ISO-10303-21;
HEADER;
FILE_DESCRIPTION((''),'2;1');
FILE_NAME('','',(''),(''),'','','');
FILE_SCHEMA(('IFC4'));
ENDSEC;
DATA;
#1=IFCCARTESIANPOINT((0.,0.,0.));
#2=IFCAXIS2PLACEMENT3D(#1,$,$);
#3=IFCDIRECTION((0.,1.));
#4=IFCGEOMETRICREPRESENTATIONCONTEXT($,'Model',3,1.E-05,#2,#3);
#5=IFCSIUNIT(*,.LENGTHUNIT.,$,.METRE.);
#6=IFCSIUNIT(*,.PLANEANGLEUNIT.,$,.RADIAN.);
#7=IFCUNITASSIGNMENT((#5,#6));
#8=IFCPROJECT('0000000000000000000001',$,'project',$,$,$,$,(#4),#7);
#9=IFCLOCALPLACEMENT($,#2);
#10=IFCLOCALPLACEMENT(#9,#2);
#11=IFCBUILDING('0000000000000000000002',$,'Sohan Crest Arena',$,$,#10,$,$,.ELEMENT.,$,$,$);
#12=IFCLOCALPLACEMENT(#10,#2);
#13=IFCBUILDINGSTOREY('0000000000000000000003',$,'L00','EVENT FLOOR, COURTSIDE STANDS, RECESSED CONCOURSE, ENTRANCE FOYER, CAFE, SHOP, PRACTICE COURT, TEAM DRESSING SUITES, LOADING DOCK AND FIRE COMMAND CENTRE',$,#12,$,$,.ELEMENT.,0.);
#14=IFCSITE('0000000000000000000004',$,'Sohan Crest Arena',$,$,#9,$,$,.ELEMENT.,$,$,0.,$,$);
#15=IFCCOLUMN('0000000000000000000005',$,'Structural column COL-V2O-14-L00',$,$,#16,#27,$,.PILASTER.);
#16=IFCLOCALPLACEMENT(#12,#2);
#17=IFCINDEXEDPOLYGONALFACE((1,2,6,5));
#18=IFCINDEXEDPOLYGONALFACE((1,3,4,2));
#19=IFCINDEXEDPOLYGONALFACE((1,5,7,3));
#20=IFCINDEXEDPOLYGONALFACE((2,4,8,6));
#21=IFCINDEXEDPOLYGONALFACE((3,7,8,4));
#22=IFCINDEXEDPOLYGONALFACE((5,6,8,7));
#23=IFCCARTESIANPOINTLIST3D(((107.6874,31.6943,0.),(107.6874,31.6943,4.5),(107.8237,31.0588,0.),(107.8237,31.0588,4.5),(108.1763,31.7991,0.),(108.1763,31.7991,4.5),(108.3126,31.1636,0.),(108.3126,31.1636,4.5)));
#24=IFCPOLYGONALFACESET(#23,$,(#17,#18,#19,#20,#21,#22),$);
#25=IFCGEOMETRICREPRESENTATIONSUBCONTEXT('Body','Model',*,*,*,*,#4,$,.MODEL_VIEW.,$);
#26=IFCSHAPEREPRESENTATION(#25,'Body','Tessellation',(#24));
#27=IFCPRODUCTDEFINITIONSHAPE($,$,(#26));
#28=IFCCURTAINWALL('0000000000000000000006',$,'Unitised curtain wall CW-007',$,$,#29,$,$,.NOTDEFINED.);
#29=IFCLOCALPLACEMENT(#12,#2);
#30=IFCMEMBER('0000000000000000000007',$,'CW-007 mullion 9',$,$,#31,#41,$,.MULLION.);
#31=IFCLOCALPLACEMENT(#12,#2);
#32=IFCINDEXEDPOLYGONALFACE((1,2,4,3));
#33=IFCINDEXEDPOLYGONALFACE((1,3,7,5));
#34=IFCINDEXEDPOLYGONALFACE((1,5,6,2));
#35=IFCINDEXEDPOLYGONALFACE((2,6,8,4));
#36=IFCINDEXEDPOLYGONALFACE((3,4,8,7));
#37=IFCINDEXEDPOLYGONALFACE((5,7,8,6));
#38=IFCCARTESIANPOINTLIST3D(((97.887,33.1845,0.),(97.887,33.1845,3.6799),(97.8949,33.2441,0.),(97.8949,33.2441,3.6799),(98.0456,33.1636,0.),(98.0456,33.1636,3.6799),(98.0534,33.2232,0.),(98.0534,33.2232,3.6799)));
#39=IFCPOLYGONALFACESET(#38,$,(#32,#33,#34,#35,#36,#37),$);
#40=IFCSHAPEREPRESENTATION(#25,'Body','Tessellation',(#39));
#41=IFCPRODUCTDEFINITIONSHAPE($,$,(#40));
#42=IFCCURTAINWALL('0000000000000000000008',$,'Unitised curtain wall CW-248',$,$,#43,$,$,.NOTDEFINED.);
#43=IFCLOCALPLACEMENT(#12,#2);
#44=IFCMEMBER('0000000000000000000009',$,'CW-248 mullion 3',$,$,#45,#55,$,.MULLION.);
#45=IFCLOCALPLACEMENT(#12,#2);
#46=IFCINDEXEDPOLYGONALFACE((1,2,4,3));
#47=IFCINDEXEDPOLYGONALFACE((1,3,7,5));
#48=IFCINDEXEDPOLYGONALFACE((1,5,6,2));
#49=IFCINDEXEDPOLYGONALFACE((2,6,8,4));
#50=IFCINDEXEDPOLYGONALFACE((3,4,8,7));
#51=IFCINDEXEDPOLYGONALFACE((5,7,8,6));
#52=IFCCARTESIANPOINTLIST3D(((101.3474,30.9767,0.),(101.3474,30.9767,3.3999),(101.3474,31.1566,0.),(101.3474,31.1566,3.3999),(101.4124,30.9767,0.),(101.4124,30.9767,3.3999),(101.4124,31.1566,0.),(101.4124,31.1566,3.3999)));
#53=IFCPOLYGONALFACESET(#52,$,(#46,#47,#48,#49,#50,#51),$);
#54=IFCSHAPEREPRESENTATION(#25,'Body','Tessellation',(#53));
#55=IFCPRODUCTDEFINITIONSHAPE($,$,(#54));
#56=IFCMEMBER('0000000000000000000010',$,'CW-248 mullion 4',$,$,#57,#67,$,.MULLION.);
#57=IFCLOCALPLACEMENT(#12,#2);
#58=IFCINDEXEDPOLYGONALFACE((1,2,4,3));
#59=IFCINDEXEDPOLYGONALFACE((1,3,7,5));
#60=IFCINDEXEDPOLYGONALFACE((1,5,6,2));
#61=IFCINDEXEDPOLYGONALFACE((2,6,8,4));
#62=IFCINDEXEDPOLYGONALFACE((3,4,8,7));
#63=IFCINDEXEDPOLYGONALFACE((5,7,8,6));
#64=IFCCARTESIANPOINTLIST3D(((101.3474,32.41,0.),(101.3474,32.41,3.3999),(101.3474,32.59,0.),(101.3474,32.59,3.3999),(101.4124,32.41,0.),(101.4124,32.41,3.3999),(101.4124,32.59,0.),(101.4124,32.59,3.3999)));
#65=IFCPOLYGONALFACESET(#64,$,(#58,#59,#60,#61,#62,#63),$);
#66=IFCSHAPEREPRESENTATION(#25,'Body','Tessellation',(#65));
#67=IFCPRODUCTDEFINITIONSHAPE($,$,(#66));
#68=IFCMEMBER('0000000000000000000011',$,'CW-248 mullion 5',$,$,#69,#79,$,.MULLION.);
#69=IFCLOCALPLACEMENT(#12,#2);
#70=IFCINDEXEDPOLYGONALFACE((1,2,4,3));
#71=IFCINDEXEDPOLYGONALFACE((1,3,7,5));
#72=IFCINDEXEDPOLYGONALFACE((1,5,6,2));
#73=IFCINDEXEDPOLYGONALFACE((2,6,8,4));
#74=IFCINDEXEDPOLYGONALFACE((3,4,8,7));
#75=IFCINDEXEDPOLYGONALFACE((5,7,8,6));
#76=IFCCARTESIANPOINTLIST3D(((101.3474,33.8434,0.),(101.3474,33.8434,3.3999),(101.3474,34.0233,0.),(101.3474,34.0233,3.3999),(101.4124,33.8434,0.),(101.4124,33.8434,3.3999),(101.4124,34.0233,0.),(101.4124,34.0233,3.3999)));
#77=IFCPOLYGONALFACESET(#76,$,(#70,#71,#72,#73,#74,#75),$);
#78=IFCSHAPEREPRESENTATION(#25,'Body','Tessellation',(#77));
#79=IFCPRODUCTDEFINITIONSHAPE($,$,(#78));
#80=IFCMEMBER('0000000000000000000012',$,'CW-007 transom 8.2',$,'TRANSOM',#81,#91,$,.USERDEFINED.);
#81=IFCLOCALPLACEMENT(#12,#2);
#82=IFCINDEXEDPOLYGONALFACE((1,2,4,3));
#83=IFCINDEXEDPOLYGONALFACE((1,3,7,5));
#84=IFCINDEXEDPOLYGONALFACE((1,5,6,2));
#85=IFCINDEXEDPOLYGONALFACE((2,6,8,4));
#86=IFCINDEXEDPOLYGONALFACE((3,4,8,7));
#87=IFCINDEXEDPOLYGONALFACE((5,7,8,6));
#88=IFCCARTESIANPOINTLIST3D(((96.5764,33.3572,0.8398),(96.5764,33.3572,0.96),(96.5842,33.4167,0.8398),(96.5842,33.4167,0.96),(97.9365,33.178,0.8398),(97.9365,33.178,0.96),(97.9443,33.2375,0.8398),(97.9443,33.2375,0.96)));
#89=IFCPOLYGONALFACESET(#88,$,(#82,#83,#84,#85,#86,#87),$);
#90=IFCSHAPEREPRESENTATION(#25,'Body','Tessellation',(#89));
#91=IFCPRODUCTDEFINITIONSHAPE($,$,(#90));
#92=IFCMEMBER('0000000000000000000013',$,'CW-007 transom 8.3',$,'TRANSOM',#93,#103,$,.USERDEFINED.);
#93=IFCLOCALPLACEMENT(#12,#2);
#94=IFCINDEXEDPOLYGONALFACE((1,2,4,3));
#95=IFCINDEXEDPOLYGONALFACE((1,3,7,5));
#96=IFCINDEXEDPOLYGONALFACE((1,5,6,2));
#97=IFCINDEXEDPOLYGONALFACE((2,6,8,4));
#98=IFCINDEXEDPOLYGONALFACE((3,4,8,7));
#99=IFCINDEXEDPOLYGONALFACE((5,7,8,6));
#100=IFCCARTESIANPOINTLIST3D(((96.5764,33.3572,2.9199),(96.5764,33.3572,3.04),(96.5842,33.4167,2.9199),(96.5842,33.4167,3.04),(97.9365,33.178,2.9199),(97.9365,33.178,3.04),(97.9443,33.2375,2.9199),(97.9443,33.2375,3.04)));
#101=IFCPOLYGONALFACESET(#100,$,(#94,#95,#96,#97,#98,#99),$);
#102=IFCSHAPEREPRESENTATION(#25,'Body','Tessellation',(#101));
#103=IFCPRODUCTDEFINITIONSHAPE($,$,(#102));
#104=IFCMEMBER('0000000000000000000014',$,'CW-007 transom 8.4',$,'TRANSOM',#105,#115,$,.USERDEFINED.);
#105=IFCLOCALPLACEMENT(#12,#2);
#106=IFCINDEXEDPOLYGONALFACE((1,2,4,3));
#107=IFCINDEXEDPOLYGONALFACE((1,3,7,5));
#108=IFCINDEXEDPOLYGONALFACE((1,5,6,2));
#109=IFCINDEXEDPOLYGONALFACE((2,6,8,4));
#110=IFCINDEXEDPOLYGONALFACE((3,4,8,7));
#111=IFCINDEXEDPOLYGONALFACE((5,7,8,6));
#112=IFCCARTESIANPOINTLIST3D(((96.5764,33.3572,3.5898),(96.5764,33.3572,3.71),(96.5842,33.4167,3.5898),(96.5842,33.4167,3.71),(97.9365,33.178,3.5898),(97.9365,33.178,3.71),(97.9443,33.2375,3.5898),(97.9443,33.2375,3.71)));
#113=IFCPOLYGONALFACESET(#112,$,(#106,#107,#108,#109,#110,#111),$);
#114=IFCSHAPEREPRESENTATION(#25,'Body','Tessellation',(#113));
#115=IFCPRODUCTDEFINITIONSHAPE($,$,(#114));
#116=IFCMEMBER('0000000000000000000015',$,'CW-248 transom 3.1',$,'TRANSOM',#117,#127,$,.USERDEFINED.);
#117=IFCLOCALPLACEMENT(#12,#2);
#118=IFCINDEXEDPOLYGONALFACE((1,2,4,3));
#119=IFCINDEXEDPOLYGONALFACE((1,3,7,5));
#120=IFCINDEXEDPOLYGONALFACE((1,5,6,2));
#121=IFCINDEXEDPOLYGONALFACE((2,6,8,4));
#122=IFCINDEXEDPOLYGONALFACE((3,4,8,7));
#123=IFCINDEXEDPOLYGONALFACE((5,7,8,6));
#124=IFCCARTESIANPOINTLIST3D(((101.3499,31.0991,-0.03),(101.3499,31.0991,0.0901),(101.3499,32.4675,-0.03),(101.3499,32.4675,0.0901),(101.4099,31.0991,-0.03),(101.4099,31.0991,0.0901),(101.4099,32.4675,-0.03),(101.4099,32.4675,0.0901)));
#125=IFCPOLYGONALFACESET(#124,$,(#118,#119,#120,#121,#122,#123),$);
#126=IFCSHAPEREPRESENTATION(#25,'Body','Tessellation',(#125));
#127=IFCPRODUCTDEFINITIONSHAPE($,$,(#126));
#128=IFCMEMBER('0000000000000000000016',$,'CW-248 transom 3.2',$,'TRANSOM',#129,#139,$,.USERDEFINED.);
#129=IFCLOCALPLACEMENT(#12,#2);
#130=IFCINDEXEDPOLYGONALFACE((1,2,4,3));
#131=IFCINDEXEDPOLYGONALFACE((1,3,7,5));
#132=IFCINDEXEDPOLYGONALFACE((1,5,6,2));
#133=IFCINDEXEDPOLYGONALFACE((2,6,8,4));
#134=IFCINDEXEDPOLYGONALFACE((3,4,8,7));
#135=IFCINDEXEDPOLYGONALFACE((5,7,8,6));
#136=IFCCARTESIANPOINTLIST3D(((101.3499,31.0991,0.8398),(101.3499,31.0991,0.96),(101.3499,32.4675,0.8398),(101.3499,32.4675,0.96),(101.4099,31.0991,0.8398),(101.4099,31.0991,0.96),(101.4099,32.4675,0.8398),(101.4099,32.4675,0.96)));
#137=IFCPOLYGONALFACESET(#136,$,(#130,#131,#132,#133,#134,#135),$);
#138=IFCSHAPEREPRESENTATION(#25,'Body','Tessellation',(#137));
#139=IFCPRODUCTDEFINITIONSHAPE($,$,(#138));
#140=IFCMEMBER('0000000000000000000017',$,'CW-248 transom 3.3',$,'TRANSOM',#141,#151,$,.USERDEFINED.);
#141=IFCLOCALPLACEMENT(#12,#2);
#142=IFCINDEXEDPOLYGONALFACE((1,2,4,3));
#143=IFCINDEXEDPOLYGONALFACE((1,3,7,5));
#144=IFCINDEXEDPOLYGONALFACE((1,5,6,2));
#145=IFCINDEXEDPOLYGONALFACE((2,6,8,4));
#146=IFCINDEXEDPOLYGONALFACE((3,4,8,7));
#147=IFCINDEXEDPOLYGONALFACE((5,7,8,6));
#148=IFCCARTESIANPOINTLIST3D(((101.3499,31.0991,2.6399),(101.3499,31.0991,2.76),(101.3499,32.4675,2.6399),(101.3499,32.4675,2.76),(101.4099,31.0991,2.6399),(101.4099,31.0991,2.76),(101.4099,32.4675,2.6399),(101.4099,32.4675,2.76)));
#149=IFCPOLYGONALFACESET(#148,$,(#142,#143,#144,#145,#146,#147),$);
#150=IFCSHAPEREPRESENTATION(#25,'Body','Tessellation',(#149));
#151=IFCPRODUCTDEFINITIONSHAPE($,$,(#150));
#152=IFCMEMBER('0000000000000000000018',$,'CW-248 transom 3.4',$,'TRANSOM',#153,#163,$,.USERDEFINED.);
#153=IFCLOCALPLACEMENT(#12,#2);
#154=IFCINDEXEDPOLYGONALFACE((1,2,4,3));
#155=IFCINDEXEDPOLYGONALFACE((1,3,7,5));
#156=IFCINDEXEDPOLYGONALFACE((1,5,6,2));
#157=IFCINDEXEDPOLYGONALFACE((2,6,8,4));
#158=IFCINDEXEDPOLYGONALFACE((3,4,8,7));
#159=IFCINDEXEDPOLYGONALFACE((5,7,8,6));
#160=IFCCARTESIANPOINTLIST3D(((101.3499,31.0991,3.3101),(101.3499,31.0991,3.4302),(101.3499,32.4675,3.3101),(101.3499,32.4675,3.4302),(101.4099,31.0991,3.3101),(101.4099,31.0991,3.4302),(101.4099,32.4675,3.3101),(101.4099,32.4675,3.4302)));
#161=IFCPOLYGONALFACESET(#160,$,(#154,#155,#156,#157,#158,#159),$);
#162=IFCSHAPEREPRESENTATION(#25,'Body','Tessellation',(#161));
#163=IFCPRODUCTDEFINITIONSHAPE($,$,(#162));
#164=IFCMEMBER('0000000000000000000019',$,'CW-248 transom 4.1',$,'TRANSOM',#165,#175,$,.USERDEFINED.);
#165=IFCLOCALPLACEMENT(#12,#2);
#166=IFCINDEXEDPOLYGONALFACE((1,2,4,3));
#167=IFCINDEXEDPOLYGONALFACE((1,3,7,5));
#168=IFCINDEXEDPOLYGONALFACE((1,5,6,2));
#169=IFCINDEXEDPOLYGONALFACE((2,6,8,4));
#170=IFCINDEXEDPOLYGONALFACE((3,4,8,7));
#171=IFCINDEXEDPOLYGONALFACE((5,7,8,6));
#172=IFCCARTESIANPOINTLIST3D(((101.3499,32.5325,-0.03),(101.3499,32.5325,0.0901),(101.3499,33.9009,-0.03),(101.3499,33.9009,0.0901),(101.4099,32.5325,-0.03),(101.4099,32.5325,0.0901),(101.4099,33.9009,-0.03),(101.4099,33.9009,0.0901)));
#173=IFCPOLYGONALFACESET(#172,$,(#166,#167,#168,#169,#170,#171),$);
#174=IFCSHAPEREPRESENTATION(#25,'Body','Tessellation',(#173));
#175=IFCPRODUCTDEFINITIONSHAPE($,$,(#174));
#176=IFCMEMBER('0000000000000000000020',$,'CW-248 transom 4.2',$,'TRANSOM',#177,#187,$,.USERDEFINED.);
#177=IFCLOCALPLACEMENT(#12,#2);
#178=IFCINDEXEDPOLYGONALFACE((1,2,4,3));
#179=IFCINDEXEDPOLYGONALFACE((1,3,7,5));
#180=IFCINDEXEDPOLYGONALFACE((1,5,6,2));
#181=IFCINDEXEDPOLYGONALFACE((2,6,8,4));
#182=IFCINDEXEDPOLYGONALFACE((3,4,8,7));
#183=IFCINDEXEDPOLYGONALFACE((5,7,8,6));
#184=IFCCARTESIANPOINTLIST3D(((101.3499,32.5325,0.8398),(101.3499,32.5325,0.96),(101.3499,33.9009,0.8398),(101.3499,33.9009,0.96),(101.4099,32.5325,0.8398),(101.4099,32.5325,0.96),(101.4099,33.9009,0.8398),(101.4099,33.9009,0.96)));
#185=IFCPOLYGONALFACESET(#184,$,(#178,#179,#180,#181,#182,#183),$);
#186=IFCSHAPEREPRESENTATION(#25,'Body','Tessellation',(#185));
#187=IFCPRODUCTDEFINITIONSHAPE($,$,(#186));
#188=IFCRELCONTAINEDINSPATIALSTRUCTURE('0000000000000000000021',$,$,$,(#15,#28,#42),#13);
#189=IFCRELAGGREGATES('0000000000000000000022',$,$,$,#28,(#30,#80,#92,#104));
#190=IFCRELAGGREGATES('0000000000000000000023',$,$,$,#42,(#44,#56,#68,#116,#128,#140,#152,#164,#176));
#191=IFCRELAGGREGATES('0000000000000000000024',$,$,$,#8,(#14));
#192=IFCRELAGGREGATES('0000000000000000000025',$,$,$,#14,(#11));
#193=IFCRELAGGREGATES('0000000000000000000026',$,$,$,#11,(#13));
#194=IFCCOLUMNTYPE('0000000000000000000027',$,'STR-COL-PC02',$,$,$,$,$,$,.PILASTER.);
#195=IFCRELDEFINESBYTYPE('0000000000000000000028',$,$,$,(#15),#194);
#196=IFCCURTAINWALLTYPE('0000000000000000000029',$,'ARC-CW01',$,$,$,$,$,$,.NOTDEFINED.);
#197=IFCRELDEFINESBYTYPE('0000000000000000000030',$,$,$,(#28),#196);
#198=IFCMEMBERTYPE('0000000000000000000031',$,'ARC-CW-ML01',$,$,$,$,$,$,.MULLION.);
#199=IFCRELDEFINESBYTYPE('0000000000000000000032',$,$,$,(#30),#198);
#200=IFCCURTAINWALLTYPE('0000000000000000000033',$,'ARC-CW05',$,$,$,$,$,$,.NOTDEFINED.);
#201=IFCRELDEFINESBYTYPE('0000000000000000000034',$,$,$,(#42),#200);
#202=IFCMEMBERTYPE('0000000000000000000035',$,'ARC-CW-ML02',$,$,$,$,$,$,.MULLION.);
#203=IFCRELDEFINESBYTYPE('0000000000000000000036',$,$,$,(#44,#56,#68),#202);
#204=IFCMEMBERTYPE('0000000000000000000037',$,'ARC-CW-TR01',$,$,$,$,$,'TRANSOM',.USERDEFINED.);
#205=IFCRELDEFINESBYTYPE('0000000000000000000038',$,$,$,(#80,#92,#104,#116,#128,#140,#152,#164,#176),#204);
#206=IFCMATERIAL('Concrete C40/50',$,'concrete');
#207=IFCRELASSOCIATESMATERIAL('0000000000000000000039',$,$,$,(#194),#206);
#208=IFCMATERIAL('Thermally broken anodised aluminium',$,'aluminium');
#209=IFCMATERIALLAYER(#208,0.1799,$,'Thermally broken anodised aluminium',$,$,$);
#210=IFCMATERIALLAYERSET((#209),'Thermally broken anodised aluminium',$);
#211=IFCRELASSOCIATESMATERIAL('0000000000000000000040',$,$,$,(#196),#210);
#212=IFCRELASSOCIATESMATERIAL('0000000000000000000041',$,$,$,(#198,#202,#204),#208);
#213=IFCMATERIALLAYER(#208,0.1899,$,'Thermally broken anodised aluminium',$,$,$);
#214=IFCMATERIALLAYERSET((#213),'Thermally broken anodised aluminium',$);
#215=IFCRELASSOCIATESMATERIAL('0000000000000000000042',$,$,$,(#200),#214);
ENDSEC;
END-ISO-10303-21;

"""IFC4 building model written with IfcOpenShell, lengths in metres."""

from ifc_helpers import new_model, si_unit, direction, frame, origin, origin_2d, place, context, subcontext, project, spatial, rectangle, extrude, material, layer, layer_set, material_profile, profile_set, type_object, element, aggregate, save


model = new_model("IFC4")

# Units and contexts
model_context = context("Model", 3, precision=1e-05, world=origin(), true_north=direction((0.0, 1.0)))
body_context = subcontext(model_context, "Body", "Model", "MODEL_VIEW")
ifc_project = project(units=[si_unit("LENGTHUNIT", "METRE"), si_unit("PLANEANGLEUNIT", "RADIAN")], contexts=[model_context])

# Site, building, storey
site_placement = place(None, origin())
site = spatial("IfcSite", under=ifc_project, at=site_placement, Name="Sohan Crest Arena", CompositionType="ELEMENT", RefElevation=0.0)
building_placement = place(site_placement, origin())
building = spatial("IfcBuilding", under=site, at=building_placement, Name="Sohan Crest Arena", CompositionType="ELEMENT")
storey_placement = place(building_placement, origin())
storey = spatial("IfcBuildingStorey", under=building, at=storey_placement, Name="L00", Description="EVENT FLOOR, COURTSIDE STANDS, RECESSED CONCOURSE, ENTRANCE FOYER, CAFE, SHOP, PRACTICE COURT, TEAM DRESSING SUITES, LOADING DOCK AND FIRE COMMAND CENTRE", CompositionType="ELEMENT", Elevation=0.0)

# Column
ifc_material_1 = material(Name="Concrete C40/50", Category="concrete")
ifc_material_profile_1 = material_profile(ifc_material_1, rectangle(XDim=0.6499, YDim=0.5, at=origin_2d()), Name="RC 650x500")
ifc_profile_set_1 = profile_set([ifc_material_profile_1], Name="Concrete C40/50")
column_type = type_object("IfcColumnType", Name="STR-COL-PC02", PredefinedType="PILASTER", material=ifc_profile_set_1)
column_placement = place(storey_placement, frame((108.0, 31.429, 0.0), z_axis=(0.0, 0.0, 1.0), x_axis=(-0.209619, 0.977783, 0.0)))
element("IfcColumn", 1, at=column_placement, inside=storey, type_object=column_type, Name="Structural column COL-V2O-14-L00", PredefinedType="PILASTER", context=body_context, shape_type="SweptSolid", body=[
    extrude(rectangle(XDim=0.6499, YDim=0.5, at=origin_2d()), origin(), (0.0, 0.0, 1.0), 4.5),
])

# Curtain wall, member
ifc_material_2 = material(Name="Thermally broken anodised aluminium", Category="aluminium")
ifc_layer_1 = layer(ifc_material_2, 0.1799, Name="Thermally broken anodised aluminium")
ifc_layer_set_1 = layer_set([ifc_layer_1], Name="Thermally broken anodised aluminium")
curtain_wall_type_1 = type_object("IfcCurtainWallType", Name="ARC-CW01", PredefinedType="NOTDEFINED", material=ifc_layer_set_1)
curtain_wall_1_placement = place(storey_placement, origin())
curtain_wall_1 = element("IfcCurtainWall", 2, at=curtain_wall_1_placement, inside=storey, type_object=curtain_wall_type_1, Name="Unitised curtain wall CW-007", PredefinedType="NOTDEFINED")
ifc_material_profile_2 = material_profile(ifc_material_2, rectangle(XDim=0.0601, YDim=0.1599, at=origin_2d()), Name="ALU-MULL 60x160")
ifc_profile_set_2 = profile_set([ifc_material_profile_2], Name="Thermally broken anodised aluminium")
member_type_1 = type_object("IfcMemberType", Name="ARC-CW-ML01", PredefinedType="MULLION", material=ifc_profile_set_2)
member_1_placement = place(storey_placement, frame((97.9702, 33.2039, 0.0), z_axis=(0.0, 0.0, 1.0), x_axis=(0.130567, 0.991439, 0.0)))
member_1 = element("IfcMember", 3, at=member_1_placement, type_object=member_type_1, Name="CW-007 mullion 9", PredefinedType="MULLION", context=body_context, shape_type="SweptSolid", body=[
    extrude(rectangle(XDim=0.0601, YDim=0.1599, at=origin_2d()), origin(), (0.0, 0.0, 1.0), 3.6799),
])

# Curtain wall, members
ifc_layer_2 = layer(ifc_material_2, 0.1899, Name="Thermally broken anodised aluminium")
ifc_layer_set_2 = layer_set([ifc_layer_2], Name="Thermally broken anodised aluminium")
curtain_wall_type_2 = type_object("IfcCurtainWallType", Name="ARC-CW05", PredefinedType="NOTDEFINED", material=ifc_layer_set_2)
curtain_wall_2_placement = place(storey_placement, origin())
curtain_wall_2 = element("IfcCurtainWall", 4, at=curtain_wall_2_placement, inside=storey, type_object=curtain_wall_type_2, Name="Unitised curtain wall CW-248", PredefinedType="NOTDEFINED")
ifc_material_profile_3 = material_profile(ifc_material_2, rectangle(XDim=0.0649, YDim=0.1799, at=origin_2d()), Name="ALU-MULL 65x180")
ifc_profile_set_3 = profile_set([ifc_material_profile_3], Name="Thermally broken anodised aluminium")
member_type_2 = type_object("IfcMemberType", Name="ARC-CW-ML02", PredefinedType="MULLION", material=ifc_profile_set_3)
member_2_placement = place(storey_placement, frame((101.3799, 31.0667, 0.0), z_axis=(0.0, 0.0, 1.0), x_axis=(-1.0, 0.0, 0.0)))
member_2 = element("IfcMember", 5, at=member_2_placement, type_object=member_type_2, Name="CW-248 mullion 3", PredefinedType="MULLION", context=body_context, shape_type="SweptSolid", body=[
    extrude(rectangle(XDim=0.0649, YDim=0.1799, at=origin_2d()), origin(), (0.0, 0.0, 1.0), 3.3999),
])
member_3_placement = place(storey_placement, frame((101.3799, 32.5, 0.0), z_axis=(0.0, 0.0, 1.0), x_axis=(-1.0, 0.0, 0.0)))
member_3 = element("IfcMember", 6, at=member_3_placement, type_object=member_type_2, Name="CW-248 mullion 4", PredefinedType="MULLION", context=body_context, shape_type="SweptSolid", body=[
    extrude(rectangle(XDim=0.0649, YDim=0.1799, at=origin_2d()), origin(), (0.0, 0.0, 1.0), 3.3999),
])
member_4_placement = place(storey_placement, frame((101.3799, 33.9333, 0.0), z_axis=(0.0, 0.0, 1.0), x_axis=(-1.0, 0.0, 0.0)))
member_4 = element("IfcMember", 7, at=member_4_placement, type_object=member_type_2, Name="CW-248 mullion 5", PredefinedType="MULLION", context=body_context, shape_type="SweptSolid", body=[
    extrude(rectangle(XDim=0.0649, YDim=0.1799, at=origin_2d()), origin(), (0.0, 0.0, 1.0), 3.3999),
])

# Members
ifc_material_profile_4 = material_profile(ifc_material_2, rectangle(XDim=0.0601, YDim=0.1201, at=origin_2d()), Name="ALU-TRAN 60x120")
ifc_profile_set_4 = profile_set([ifc_material_profile_4], Name="Thermally broken anodised aluminium")
member_type_3 = type_object("IfcMemberType", Name="ARC-CW-TR01", ElementType="TRANSOM", PredefinedType="USERDEFINED", material=ifc_profile_set_4)
member_5_placement = place(storey_placement, frame((96.5803, 33.387, 0.8999), z_axis=(0.991432, -0.130625, 0.0), x_axis=(0.130625, 0.991432, 0.0)))
member_5 = element("IfcMember", 8, at=member_5_placement, type_object=member_type_3, Name="CW-007 transom 8.2", ObjectType="TRANSOM", PredefinedType="USERDEFINED", context=body_context, shape_type="SweptSolid", body=[
    extrude(rectangle(XDim=0.0601, YDim=0.1201, at=origin_2d()), origin(), (0.0, 0.0, 1.0), 1.3718),
])
member_6_placement = place(storey_placement, frame((96.5803, 33.387, 2.98), z_axis=(0.991432, -0.130625, 0.0), x_axis=(0.130625, 0.991432, 0.0)))
member_6 = element("IfcMember", 9, at=member_6_placement, type_object=member_type_3, Name="CW-007 transom 8.3", ObjectType="TRANSOM", PredefinedType="USERDEFINED", context=body_context, shape_type="SweptSolid", body=[
    extrude(rectangle(XDim=0.0601, YDim=0.1201, at=origin_2d()), origin(), (0.0, 0.0, 1.0), 1.3718),
])
member_7_placement = place(storey_placement, frame((96.5803, 33.387, 3.6499), z_axis=(0.991432, -0.130625, 0.0), x_axis=(0.130625, 0.991432, 0.0)))
member_7 = element("IfcMember", 10, at=member_7_placement, type_object=member_type_3, Name="CW-007 transom 8.4", ObjectType="TRANSOM", PredefinedType="USERDEFINED", context=body_context, shape_type="SweptSolid", body=[
    extrude(rectangle(XDim=0.0601, YDim=0.1201, at=origin_2d()), origin(), (0.0, 0.0, 1.0), 1.3718),
])
member_8_placement = place(storey_placement, frame((101.3799, 31.0991, 0.03), z_axis=(0.0, 1.0, 0.0), x_axis=(-1.0, 0.0, 0.0)))
member_8 = element("IfcMember", 11, at=member_8_placement, type_object=member_type_3, Name="CW-248 transom 3.1", ObjectType="TRANSOM", PredefinedType="USERDEFINED", context=body_context, shape_type="SweptSolid", body=[
    extrude(rectangle(XDim=0.0601, YDim=0.1201, at=origin_2d()), origin(), (0.0, 0.0, 1.0), 1.3684),
])
member_9_placement = place(storey_placement, frame((101.3799, 31.0991, 0.8999), z_axis=(0.0, 1.0, 0.0), x_axis=(-1.0, 0.0, 0.0)))
member_9 = element("IfcMember", 12, at=member_9_placement, type_object=member_type_3, Name="CW-248 transom 3.2", ObjectType="TRANSOM", PredefinedType="USERDEFINED", context=body_context, shape_type="SweptSolid", body=[
    extrude(rectangle(XDim=0.0601, YDim=0.1201, at=origin_2d()), origin(), (0.0, 0.0, 1.0), 1.3684),
])
member_10_placement = place(storey_placement, frame((101.3799, 31.0991, 2.7), z_axis=(0.0, 1.0, 0.0), x_axis=(-1.0, 0.0, 0.0)))
member_10 = element("IfcMember", 13, at=member_10_placement, type_object=member_type_3, Name="CW-248 transom 3.3", ObjectType="TRANSOM", PredefinedType="USERDEFINED", context=body_context, shape_type="SweptSolid", body=[
    extrude(rectangle(XDim=0.0601, YDim=0.1201, at=origin_2d()), origin(), (0.0, 0.0, 1.0), 1.3684),
])
member_11_placement = place(storey_placement, frame((101.3799, 31.0991, 3.3701), z_axis=(0.0, 1.0, 0.0), x_axis=(-1.0, 0.0, 0.0)))
member_11 = element("IfcMember", 14, at=member_11_placement, type_object=member_type_3, Name="CW-248 transom 3.4", ObjectType="TRANSOM", PredefinedType="USERDEFINED", context=body_context, shape_type="SweptSolid", body=[
    extrude(rectangle(XDim=0.0601, YDim=0.1201, at=origin_2d()), origin(), (0.0, 0.0, 1.0), 1.3684),
])
member_12_placement = place(storey_placement, frame((101.3799, 32.5325, 0.03), z_axis=(0.0, 1.0, 0.0), x_axis=(-1.0, 0.0, 0.0)))
member_12 = element("IfcMember", 15, at=member_12_placement, type_object=member_type_3, Name="CW-248 transom 4.1", ObjectType="TRANSOM", PredefinedType="USERDEFINED", context=body_context, shape_type="SweptSolid", body=[
    extrude(rectangle(XDim=0.0601, YDim=0.1201, at=origin_2d()), origin(), (0.0, 0.0, 1.0), 1.3684),
])
member_13_placement = place(storey_placement, frame((101.3799, 32.5325, 0.8999), z_axis=(0.0, 1.0, 0.0), x_axis=(-1.0, 0.0, 0.0)))
member_13 = element("IfcMember", 16, at=member_13_placement, type_object=member_type_3, Name="CW-248 transom 4.2", ObjectType="TRANSOM", PredefinedType="USERDEFINED", context=body_context, shape_type="SweptSolid", body=[
    extrude(rectangle(XDim=0.0601, YDim=0.1201, at=origin_2d()), origin(), (0.0, 0.0, 1.0), 1.3684),
])

aggregate(curtain_wall_1, [member_1, member_5, member_6, member_7])
aggregate(curtain_wall_2, [member_2, member_3, member_4, member_8, member_9, member_10, member_11, member_12, member_13])

save(model, "model.ifc")
